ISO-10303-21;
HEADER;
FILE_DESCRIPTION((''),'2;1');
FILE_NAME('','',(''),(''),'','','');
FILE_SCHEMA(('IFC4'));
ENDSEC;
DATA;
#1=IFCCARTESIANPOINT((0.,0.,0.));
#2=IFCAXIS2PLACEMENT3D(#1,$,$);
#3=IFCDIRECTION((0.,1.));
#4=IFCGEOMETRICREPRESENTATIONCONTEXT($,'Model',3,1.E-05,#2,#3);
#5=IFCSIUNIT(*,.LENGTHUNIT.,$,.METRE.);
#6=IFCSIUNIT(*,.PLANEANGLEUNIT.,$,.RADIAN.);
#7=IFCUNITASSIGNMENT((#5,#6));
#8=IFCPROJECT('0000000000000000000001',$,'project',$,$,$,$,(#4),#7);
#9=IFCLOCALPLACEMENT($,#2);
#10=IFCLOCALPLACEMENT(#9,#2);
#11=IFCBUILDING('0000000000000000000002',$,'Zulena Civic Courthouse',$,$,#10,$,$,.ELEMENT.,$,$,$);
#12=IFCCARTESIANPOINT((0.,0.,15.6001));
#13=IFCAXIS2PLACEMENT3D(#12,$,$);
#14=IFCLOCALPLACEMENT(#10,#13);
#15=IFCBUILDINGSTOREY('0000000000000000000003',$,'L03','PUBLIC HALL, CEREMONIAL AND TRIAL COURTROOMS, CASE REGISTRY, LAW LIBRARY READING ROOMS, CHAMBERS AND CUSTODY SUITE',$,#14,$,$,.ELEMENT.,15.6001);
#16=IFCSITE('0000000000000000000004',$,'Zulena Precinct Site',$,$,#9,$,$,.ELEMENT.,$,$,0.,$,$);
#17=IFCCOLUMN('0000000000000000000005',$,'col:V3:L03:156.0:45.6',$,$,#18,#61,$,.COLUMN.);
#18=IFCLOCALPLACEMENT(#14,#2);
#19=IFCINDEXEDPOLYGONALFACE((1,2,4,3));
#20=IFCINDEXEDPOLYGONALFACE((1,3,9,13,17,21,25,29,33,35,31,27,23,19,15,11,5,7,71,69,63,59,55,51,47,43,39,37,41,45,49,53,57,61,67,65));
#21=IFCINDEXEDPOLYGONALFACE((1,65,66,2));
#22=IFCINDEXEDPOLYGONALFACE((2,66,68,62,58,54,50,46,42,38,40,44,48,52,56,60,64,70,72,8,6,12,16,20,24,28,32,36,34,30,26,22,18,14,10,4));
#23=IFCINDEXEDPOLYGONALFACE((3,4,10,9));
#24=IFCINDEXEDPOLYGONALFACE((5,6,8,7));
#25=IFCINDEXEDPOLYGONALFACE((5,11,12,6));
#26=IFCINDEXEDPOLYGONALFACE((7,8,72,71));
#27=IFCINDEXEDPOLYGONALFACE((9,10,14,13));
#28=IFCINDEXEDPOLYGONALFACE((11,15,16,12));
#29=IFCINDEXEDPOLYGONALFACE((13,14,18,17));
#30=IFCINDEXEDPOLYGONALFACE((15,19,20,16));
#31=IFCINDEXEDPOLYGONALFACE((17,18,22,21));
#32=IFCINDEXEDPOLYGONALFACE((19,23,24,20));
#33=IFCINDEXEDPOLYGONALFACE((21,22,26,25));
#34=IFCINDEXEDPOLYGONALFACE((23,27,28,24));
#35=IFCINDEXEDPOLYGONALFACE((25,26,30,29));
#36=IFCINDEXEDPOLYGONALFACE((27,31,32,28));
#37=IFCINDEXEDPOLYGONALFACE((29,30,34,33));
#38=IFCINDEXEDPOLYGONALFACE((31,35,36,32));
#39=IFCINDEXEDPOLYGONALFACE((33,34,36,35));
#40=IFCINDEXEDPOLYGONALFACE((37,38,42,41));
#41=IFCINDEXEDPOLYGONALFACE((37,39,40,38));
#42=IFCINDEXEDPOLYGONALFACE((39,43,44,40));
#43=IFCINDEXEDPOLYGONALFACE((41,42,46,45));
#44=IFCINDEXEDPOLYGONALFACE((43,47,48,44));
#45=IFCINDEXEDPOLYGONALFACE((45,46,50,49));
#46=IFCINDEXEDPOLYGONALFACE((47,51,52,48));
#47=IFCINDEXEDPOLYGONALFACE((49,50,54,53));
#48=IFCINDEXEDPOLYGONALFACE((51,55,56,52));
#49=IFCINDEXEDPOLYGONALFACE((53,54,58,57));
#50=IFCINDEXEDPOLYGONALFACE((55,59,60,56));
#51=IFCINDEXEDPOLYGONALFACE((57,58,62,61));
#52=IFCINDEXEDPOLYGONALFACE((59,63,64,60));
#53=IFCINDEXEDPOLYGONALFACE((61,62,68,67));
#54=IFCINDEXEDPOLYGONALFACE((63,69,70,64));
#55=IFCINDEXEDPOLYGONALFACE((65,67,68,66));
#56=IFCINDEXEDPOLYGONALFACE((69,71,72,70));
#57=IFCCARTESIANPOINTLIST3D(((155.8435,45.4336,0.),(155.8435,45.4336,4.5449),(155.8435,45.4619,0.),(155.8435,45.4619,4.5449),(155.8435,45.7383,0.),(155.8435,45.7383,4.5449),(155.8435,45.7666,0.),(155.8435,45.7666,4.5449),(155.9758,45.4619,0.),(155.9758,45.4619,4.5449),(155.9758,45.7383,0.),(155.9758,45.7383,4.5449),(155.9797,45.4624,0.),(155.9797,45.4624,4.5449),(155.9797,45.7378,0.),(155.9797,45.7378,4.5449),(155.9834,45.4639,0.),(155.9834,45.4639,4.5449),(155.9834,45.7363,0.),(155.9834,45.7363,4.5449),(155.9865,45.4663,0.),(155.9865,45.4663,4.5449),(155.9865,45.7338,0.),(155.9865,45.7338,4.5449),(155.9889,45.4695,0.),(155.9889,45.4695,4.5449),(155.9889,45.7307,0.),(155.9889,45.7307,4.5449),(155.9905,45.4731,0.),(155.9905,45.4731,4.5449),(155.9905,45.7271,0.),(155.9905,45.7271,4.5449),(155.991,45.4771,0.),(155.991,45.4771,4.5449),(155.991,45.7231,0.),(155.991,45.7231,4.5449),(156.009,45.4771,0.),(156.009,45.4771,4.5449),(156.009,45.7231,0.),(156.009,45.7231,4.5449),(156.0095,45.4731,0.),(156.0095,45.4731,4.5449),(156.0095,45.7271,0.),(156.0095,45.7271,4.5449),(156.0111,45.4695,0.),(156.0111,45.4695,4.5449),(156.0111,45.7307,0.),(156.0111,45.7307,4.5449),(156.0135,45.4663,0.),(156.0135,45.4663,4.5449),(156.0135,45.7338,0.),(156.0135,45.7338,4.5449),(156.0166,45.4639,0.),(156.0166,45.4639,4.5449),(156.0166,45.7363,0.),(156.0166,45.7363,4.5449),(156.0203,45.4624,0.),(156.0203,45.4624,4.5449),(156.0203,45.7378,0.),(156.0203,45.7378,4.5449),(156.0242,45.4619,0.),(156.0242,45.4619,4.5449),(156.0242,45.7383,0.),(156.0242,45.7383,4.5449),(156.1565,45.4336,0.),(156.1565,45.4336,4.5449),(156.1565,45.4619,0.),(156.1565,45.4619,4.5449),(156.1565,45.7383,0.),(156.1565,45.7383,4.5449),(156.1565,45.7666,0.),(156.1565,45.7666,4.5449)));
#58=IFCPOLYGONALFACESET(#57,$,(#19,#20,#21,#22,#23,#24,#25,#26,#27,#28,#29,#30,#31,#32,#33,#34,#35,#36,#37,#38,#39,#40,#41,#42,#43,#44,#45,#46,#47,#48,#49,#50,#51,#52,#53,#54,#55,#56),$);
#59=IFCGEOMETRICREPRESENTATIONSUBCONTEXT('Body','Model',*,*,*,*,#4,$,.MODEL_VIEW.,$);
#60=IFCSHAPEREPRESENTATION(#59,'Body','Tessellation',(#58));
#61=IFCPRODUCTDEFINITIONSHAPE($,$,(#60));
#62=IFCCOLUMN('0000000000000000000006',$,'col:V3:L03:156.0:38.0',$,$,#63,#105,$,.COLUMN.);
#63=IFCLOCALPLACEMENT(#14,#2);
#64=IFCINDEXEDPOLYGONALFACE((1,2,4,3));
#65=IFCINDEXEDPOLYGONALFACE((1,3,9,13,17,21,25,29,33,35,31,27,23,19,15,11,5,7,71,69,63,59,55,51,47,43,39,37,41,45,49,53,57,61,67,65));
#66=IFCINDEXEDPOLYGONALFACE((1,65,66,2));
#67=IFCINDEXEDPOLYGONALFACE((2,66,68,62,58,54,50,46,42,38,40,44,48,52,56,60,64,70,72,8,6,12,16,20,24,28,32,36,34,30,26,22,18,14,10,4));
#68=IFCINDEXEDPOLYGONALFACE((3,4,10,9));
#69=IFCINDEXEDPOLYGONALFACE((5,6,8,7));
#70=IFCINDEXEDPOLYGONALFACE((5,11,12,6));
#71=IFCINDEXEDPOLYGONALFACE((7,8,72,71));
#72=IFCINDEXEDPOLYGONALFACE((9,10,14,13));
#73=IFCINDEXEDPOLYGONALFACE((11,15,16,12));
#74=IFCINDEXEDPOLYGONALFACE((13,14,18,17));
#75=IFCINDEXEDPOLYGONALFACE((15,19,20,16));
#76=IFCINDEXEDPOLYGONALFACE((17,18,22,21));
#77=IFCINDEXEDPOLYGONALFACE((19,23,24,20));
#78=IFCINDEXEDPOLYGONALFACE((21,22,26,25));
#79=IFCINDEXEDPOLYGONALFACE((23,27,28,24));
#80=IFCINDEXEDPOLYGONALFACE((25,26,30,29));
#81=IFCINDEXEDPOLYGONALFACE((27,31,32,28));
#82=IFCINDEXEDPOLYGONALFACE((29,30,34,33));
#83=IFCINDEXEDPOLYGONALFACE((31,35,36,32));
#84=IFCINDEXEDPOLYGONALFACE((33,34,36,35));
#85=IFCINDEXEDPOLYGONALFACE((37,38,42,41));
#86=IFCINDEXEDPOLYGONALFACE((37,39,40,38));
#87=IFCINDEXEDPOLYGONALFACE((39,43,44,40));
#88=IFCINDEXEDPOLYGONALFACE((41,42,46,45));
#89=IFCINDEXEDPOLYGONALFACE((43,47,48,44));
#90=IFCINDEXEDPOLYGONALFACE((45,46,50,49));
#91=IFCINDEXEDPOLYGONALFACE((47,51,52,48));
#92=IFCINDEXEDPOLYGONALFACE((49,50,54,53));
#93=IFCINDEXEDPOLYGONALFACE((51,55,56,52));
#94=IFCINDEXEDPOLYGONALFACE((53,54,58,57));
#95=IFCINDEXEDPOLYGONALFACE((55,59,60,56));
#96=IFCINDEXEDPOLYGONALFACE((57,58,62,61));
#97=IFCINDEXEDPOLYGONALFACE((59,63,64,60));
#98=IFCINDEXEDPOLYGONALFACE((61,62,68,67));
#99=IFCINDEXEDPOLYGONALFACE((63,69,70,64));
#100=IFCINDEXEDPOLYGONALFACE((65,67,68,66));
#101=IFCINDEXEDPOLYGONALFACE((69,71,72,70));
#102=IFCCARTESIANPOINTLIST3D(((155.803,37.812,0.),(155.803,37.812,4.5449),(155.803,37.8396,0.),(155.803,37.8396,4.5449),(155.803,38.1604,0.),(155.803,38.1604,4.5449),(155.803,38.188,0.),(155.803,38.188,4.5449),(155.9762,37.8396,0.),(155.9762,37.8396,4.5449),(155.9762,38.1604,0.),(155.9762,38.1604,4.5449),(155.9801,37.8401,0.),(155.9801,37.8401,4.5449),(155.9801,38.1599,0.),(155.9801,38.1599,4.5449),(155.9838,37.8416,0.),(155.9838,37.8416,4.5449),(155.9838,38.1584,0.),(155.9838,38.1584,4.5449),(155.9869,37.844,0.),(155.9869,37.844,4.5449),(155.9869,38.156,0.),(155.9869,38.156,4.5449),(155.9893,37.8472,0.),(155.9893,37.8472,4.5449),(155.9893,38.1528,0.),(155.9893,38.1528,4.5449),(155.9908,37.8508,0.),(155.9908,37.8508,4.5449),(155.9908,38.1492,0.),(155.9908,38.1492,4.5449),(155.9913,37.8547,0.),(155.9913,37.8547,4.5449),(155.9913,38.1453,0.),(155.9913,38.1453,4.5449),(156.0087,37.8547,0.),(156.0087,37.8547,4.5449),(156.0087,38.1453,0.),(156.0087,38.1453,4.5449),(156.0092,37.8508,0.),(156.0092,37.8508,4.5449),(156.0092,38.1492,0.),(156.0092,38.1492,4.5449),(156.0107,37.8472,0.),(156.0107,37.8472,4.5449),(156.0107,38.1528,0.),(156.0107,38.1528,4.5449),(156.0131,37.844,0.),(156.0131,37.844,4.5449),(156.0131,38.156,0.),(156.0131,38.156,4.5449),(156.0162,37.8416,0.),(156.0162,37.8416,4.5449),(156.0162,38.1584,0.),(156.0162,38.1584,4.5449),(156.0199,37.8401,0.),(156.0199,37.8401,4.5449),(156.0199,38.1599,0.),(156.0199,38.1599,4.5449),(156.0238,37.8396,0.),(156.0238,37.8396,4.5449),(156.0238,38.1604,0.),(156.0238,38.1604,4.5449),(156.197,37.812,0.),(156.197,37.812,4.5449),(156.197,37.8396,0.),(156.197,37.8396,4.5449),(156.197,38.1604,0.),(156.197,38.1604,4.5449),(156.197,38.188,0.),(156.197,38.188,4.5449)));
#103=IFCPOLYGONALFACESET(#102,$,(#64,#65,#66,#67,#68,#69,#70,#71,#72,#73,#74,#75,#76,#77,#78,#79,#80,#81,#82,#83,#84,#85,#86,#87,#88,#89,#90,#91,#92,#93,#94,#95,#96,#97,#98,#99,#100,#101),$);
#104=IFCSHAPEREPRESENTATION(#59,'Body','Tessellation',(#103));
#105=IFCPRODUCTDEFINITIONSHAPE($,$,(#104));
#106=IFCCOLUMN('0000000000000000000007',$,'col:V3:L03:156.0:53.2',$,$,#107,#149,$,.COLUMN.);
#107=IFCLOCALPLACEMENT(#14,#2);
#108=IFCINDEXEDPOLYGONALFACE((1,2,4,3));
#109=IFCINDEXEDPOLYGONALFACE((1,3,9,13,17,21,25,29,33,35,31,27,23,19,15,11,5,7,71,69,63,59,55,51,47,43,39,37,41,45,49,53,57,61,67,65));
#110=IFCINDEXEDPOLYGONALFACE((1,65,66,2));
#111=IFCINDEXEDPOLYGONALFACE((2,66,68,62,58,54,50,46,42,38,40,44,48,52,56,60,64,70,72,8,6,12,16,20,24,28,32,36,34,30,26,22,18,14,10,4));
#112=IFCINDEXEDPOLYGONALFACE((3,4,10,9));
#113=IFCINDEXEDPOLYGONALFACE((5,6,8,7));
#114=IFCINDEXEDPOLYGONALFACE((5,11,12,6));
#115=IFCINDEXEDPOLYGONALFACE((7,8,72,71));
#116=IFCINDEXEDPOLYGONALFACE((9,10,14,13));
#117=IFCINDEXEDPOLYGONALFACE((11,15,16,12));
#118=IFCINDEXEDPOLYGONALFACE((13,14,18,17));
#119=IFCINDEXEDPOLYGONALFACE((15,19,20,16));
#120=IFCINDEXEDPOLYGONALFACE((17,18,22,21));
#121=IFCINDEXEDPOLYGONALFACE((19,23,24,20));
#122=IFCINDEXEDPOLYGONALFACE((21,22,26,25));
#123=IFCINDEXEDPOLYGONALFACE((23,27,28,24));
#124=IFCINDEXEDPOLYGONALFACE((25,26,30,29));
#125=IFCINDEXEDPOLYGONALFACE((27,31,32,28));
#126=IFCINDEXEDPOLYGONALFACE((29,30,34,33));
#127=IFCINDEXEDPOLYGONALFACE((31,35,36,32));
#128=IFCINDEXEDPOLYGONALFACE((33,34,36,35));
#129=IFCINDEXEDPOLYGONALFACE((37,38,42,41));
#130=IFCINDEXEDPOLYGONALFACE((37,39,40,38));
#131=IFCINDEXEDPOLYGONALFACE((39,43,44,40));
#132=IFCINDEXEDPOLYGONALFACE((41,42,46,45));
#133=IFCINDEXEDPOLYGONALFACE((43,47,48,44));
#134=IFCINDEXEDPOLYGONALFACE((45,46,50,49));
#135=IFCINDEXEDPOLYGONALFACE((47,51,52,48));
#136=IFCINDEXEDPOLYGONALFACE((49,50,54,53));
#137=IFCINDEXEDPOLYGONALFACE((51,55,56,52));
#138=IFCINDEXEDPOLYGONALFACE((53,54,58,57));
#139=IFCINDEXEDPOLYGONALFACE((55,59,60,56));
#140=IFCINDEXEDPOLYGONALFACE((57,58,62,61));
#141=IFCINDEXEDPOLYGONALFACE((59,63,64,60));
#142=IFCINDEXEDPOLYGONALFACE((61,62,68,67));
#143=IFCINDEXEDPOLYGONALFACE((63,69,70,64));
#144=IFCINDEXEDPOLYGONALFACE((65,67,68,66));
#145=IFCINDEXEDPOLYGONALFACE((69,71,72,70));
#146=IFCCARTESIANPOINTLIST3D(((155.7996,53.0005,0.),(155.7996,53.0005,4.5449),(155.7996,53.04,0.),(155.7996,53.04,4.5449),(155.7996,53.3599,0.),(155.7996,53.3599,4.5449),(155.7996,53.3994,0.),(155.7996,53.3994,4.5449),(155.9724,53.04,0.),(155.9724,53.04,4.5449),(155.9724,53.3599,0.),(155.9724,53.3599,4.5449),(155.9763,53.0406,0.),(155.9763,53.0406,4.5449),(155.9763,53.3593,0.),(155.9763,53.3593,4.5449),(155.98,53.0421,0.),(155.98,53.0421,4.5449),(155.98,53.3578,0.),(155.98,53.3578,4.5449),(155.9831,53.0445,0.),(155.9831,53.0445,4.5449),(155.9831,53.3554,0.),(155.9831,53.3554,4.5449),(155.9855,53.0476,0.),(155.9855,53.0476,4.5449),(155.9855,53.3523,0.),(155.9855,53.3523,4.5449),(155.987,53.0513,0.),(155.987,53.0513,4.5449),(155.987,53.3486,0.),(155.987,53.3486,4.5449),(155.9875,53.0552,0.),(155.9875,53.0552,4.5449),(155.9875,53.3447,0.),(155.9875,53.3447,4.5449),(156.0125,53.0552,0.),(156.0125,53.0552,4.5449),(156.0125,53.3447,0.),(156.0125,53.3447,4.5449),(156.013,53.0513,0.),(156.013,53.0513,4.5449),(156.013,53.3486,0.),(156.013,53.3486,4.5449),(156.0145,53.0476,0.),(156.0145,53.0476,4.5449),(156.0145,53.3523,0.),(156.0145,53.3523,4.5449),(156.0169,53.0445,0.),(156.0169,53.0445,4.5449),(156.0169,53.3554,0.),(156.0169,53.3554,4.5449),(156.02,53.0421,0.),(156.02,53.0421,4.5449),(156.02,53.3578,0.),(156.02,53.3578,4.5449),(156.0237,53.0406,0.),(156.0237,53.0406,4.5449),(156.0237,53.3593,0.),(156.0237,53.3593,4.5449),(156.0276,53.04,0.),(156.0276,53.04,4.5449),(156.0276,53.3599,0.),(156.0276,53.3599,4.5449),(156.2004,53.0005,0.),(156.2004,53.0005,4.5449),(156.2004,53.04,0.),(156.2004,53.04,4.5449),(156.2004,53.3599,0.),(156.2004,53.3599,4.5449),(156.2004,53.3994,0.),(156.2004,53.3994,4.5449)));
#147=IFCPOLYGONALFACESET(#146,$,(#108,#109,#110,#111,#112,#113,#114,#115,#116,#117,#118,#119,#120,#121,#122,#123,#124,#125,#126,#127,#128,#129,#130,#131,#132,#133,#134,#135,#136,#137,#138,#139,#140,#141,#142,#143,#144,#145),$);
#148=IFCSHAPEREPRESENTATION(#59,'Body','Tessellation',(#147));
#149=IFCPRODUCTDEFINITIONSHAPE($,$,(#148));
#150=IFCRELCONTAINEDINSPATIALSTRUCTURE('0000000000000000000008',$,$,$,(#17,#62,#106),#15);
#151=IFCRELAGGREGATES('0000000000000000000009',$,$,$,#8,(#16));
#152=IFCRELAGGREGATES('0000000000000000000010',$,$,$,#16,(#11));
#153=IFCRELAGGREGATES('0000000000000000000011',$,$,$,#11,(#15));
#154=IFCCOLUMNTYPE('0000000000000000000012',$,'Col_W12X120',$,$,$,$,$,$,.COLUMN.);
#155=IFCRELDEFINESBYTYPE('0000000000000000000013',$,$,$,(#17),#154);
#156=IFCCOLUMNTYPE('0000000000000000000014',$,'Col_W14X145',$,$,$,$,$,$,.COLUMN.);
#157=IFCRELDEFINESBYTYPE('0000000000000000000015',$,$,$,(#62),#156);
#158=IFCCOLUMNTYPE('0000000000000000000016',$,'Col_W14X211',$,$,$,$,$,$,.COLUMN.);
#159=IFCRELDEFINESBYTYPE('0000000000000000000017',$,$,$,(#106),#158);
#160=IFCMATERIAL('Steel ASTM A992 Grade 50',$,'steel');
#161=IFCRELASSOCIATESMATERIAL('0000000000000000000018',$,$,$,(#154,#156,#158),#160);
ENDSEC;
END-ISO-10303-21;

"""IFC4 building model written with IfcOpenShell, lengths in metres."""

from ifc_helpers import new_model, si_unit, direction, frame, origin, origin_2d, place, context, subcontext, project, spatial, i_section, extrude, material, material_profile, profile_set, type_object, element, save


model = new_model("IFC4")

# Units and contexts
model_context = context("Model", 3, precision=1e-05, world=origin(), true_north=direction((0.0, 1.0)))
body_context = subcontext(model_context, "Body", "Model", "MODEL_VIEW")
ifc_project = project(units=[si_unit("LENGTHUNIT", "METRE"), si_unit("PLANEANGLEUNIT", "RADIAN")], contexts=[model_context])

# Site, building, storey
site_placement = place(None, origin())
site = spatial("IfcSite", under=ifc_project, at=site_placement, Name="Zulena Precinct Site", CompositionType="ELEMENT", RefElevation=0.0)
building_placement = place(site_placement, origin())
building = spatial("IfcBuilding", under=site, at=building_placement, Name="Zulena Civic Courthouse", CompositionType="ELEMENT")
storey_placement = place(building_placement, frame((0.0, 0.0, 15.6001)))
storey = spatial("IfcBuildingStorey", under=building, at=storey_placement, Name="L03", Description="PUBLIC HALL, CEREMONIAL AND TRIAL COURTROOMS, CASE REGISTRY, LAW LIBRARY READING ROOMS, CHAMBERS AND CUSTODY SUITE", CompositionType="ELEMENT", Elevation=15.6001)

# Columns
ifc_material_1 = material(Name="Steel ASTM A992 Grade 50", Category="steel")
ifc_material_profile_1 = material_profile(ifc_material_1, i_section(OverallWidth=0.313, OverallDepth=0.333, WebThickness=0.0181, FlangeThickness=0.0283, FilletRadius=0.0151, at=origin_2d()), Name="W12X120")
ifc_profile_set_1 = profile_set([ifc_material_profile_1], Name="Steel ASTM A992 Grade 50")
column_type_1 = type_object("IfcColumnType", Name="Col_W12X120", PredefinedType="COLUMN", material=ifc_profile_set_1)
column_1_placement = place(storey_placement, frame((156.0, 45.6001, 0.0), z_axis=(0.0, 0.0, 1.0), x_axis=(1.0, 0.0, 0.0)))
element("IfcColumn", 1, at=column_1_placement, inside=storey, type_object=column_type_1, Name="col:V3:L03:156.0:45.6", PredefinedType="COLUMN", context=body_context, shape_type="SweptSolid", body=[
    extrude(i_section(OverallWidth=0.313, OverallDepth=0.333, WebThickness=0.0181, FlangeThickness=0.0283, FilletRadius=0.0151, at=origin_2d()), origin(), (0.0, 0.0, 1.0), 4.5449),
])
ifc_material_profile_2 = material_profile(ifc_material_1, i_section(OverallWidth=0.394, OverallDepth=0.376, WebThickness=0.0173, FlangeThickness=0.0276, FilletRadius=0.0151, at=origin_2d()), Name="W14X145")
ifc_profile_set_2 = profile_set([ifc_material_profile_2], Name="Steel ASTM A992 Grade 50")
column_type_2 = type_object("IfcColumnType", Name="Col_W14X145", PredefinedType="COLUMN", material=ifc_profile_set_2)
column_2_placement = place(storey_placement, frame((156.0, 38.0, 0.0), z_axis=(0.0, 0.0, 1.0), x_axis=(1.0, 0.0, 0.0)))
element("IfcColumn", 2, at=column_2_placement, inside=storey, type_object=column_type_2, Name="col:V3:L03:156.0:38.0", PredefinedType="COLUMN", context=body_context, shape_type="SweptSolid", body=[
    extrude(i_section(OverallWidth=0.394, OverallDepth=0.376, WebThickness=0.0173, FlangeThickness=0.0276, FilletRadius=0.0151, at=origin_2d()), origin(), (0.0, 0.0, 1.0), 4.5449),
])
ifc_material_profile_3 = material_profile(ifc_material_1, i_section(OverallWidth=0.4009, OverallDepth=0.3989, WebThickness=0.0249, FlangeThickness=0.0396, FilletRadius=0.0151, at=origin_2d()), Name="W14X211")
ifc_profile_set_3 = profile_set([ifc_material_profile_3], Name="Steel ASTM A992 Grade 50")
column_type_3 = type_object("IfcColumnType", Name="Col_W14X211", PredefinedType="COLUMN", material=ifc_profile_set_3)
column_3_placement = place(storey_placement, frame((156.0, 53.2, 0.0), z_axis=(0.0, 0.0, 1.0), x_axis=(1.0, 0.0, 0.0)))
element("IfcColumn", 3, at=column_3_placement, inside=storey, type_object=column_type_3, Name="col:V3:L03:156.0:53.2", PredefinedType="COLUMN", context=body_context, shape_type="SweptSolid", body=[
    extrude(i_section(OverallWidth=0.4009, OverallDepth=0.3989, WebThickness=0.0249, FlangeThickness=0.0396, FilletRadius=0.0151, at=origin_2d()), origin(), (0.0, 0.0, 1.0), 4.5449),
])

save(model, "model.ifc")
